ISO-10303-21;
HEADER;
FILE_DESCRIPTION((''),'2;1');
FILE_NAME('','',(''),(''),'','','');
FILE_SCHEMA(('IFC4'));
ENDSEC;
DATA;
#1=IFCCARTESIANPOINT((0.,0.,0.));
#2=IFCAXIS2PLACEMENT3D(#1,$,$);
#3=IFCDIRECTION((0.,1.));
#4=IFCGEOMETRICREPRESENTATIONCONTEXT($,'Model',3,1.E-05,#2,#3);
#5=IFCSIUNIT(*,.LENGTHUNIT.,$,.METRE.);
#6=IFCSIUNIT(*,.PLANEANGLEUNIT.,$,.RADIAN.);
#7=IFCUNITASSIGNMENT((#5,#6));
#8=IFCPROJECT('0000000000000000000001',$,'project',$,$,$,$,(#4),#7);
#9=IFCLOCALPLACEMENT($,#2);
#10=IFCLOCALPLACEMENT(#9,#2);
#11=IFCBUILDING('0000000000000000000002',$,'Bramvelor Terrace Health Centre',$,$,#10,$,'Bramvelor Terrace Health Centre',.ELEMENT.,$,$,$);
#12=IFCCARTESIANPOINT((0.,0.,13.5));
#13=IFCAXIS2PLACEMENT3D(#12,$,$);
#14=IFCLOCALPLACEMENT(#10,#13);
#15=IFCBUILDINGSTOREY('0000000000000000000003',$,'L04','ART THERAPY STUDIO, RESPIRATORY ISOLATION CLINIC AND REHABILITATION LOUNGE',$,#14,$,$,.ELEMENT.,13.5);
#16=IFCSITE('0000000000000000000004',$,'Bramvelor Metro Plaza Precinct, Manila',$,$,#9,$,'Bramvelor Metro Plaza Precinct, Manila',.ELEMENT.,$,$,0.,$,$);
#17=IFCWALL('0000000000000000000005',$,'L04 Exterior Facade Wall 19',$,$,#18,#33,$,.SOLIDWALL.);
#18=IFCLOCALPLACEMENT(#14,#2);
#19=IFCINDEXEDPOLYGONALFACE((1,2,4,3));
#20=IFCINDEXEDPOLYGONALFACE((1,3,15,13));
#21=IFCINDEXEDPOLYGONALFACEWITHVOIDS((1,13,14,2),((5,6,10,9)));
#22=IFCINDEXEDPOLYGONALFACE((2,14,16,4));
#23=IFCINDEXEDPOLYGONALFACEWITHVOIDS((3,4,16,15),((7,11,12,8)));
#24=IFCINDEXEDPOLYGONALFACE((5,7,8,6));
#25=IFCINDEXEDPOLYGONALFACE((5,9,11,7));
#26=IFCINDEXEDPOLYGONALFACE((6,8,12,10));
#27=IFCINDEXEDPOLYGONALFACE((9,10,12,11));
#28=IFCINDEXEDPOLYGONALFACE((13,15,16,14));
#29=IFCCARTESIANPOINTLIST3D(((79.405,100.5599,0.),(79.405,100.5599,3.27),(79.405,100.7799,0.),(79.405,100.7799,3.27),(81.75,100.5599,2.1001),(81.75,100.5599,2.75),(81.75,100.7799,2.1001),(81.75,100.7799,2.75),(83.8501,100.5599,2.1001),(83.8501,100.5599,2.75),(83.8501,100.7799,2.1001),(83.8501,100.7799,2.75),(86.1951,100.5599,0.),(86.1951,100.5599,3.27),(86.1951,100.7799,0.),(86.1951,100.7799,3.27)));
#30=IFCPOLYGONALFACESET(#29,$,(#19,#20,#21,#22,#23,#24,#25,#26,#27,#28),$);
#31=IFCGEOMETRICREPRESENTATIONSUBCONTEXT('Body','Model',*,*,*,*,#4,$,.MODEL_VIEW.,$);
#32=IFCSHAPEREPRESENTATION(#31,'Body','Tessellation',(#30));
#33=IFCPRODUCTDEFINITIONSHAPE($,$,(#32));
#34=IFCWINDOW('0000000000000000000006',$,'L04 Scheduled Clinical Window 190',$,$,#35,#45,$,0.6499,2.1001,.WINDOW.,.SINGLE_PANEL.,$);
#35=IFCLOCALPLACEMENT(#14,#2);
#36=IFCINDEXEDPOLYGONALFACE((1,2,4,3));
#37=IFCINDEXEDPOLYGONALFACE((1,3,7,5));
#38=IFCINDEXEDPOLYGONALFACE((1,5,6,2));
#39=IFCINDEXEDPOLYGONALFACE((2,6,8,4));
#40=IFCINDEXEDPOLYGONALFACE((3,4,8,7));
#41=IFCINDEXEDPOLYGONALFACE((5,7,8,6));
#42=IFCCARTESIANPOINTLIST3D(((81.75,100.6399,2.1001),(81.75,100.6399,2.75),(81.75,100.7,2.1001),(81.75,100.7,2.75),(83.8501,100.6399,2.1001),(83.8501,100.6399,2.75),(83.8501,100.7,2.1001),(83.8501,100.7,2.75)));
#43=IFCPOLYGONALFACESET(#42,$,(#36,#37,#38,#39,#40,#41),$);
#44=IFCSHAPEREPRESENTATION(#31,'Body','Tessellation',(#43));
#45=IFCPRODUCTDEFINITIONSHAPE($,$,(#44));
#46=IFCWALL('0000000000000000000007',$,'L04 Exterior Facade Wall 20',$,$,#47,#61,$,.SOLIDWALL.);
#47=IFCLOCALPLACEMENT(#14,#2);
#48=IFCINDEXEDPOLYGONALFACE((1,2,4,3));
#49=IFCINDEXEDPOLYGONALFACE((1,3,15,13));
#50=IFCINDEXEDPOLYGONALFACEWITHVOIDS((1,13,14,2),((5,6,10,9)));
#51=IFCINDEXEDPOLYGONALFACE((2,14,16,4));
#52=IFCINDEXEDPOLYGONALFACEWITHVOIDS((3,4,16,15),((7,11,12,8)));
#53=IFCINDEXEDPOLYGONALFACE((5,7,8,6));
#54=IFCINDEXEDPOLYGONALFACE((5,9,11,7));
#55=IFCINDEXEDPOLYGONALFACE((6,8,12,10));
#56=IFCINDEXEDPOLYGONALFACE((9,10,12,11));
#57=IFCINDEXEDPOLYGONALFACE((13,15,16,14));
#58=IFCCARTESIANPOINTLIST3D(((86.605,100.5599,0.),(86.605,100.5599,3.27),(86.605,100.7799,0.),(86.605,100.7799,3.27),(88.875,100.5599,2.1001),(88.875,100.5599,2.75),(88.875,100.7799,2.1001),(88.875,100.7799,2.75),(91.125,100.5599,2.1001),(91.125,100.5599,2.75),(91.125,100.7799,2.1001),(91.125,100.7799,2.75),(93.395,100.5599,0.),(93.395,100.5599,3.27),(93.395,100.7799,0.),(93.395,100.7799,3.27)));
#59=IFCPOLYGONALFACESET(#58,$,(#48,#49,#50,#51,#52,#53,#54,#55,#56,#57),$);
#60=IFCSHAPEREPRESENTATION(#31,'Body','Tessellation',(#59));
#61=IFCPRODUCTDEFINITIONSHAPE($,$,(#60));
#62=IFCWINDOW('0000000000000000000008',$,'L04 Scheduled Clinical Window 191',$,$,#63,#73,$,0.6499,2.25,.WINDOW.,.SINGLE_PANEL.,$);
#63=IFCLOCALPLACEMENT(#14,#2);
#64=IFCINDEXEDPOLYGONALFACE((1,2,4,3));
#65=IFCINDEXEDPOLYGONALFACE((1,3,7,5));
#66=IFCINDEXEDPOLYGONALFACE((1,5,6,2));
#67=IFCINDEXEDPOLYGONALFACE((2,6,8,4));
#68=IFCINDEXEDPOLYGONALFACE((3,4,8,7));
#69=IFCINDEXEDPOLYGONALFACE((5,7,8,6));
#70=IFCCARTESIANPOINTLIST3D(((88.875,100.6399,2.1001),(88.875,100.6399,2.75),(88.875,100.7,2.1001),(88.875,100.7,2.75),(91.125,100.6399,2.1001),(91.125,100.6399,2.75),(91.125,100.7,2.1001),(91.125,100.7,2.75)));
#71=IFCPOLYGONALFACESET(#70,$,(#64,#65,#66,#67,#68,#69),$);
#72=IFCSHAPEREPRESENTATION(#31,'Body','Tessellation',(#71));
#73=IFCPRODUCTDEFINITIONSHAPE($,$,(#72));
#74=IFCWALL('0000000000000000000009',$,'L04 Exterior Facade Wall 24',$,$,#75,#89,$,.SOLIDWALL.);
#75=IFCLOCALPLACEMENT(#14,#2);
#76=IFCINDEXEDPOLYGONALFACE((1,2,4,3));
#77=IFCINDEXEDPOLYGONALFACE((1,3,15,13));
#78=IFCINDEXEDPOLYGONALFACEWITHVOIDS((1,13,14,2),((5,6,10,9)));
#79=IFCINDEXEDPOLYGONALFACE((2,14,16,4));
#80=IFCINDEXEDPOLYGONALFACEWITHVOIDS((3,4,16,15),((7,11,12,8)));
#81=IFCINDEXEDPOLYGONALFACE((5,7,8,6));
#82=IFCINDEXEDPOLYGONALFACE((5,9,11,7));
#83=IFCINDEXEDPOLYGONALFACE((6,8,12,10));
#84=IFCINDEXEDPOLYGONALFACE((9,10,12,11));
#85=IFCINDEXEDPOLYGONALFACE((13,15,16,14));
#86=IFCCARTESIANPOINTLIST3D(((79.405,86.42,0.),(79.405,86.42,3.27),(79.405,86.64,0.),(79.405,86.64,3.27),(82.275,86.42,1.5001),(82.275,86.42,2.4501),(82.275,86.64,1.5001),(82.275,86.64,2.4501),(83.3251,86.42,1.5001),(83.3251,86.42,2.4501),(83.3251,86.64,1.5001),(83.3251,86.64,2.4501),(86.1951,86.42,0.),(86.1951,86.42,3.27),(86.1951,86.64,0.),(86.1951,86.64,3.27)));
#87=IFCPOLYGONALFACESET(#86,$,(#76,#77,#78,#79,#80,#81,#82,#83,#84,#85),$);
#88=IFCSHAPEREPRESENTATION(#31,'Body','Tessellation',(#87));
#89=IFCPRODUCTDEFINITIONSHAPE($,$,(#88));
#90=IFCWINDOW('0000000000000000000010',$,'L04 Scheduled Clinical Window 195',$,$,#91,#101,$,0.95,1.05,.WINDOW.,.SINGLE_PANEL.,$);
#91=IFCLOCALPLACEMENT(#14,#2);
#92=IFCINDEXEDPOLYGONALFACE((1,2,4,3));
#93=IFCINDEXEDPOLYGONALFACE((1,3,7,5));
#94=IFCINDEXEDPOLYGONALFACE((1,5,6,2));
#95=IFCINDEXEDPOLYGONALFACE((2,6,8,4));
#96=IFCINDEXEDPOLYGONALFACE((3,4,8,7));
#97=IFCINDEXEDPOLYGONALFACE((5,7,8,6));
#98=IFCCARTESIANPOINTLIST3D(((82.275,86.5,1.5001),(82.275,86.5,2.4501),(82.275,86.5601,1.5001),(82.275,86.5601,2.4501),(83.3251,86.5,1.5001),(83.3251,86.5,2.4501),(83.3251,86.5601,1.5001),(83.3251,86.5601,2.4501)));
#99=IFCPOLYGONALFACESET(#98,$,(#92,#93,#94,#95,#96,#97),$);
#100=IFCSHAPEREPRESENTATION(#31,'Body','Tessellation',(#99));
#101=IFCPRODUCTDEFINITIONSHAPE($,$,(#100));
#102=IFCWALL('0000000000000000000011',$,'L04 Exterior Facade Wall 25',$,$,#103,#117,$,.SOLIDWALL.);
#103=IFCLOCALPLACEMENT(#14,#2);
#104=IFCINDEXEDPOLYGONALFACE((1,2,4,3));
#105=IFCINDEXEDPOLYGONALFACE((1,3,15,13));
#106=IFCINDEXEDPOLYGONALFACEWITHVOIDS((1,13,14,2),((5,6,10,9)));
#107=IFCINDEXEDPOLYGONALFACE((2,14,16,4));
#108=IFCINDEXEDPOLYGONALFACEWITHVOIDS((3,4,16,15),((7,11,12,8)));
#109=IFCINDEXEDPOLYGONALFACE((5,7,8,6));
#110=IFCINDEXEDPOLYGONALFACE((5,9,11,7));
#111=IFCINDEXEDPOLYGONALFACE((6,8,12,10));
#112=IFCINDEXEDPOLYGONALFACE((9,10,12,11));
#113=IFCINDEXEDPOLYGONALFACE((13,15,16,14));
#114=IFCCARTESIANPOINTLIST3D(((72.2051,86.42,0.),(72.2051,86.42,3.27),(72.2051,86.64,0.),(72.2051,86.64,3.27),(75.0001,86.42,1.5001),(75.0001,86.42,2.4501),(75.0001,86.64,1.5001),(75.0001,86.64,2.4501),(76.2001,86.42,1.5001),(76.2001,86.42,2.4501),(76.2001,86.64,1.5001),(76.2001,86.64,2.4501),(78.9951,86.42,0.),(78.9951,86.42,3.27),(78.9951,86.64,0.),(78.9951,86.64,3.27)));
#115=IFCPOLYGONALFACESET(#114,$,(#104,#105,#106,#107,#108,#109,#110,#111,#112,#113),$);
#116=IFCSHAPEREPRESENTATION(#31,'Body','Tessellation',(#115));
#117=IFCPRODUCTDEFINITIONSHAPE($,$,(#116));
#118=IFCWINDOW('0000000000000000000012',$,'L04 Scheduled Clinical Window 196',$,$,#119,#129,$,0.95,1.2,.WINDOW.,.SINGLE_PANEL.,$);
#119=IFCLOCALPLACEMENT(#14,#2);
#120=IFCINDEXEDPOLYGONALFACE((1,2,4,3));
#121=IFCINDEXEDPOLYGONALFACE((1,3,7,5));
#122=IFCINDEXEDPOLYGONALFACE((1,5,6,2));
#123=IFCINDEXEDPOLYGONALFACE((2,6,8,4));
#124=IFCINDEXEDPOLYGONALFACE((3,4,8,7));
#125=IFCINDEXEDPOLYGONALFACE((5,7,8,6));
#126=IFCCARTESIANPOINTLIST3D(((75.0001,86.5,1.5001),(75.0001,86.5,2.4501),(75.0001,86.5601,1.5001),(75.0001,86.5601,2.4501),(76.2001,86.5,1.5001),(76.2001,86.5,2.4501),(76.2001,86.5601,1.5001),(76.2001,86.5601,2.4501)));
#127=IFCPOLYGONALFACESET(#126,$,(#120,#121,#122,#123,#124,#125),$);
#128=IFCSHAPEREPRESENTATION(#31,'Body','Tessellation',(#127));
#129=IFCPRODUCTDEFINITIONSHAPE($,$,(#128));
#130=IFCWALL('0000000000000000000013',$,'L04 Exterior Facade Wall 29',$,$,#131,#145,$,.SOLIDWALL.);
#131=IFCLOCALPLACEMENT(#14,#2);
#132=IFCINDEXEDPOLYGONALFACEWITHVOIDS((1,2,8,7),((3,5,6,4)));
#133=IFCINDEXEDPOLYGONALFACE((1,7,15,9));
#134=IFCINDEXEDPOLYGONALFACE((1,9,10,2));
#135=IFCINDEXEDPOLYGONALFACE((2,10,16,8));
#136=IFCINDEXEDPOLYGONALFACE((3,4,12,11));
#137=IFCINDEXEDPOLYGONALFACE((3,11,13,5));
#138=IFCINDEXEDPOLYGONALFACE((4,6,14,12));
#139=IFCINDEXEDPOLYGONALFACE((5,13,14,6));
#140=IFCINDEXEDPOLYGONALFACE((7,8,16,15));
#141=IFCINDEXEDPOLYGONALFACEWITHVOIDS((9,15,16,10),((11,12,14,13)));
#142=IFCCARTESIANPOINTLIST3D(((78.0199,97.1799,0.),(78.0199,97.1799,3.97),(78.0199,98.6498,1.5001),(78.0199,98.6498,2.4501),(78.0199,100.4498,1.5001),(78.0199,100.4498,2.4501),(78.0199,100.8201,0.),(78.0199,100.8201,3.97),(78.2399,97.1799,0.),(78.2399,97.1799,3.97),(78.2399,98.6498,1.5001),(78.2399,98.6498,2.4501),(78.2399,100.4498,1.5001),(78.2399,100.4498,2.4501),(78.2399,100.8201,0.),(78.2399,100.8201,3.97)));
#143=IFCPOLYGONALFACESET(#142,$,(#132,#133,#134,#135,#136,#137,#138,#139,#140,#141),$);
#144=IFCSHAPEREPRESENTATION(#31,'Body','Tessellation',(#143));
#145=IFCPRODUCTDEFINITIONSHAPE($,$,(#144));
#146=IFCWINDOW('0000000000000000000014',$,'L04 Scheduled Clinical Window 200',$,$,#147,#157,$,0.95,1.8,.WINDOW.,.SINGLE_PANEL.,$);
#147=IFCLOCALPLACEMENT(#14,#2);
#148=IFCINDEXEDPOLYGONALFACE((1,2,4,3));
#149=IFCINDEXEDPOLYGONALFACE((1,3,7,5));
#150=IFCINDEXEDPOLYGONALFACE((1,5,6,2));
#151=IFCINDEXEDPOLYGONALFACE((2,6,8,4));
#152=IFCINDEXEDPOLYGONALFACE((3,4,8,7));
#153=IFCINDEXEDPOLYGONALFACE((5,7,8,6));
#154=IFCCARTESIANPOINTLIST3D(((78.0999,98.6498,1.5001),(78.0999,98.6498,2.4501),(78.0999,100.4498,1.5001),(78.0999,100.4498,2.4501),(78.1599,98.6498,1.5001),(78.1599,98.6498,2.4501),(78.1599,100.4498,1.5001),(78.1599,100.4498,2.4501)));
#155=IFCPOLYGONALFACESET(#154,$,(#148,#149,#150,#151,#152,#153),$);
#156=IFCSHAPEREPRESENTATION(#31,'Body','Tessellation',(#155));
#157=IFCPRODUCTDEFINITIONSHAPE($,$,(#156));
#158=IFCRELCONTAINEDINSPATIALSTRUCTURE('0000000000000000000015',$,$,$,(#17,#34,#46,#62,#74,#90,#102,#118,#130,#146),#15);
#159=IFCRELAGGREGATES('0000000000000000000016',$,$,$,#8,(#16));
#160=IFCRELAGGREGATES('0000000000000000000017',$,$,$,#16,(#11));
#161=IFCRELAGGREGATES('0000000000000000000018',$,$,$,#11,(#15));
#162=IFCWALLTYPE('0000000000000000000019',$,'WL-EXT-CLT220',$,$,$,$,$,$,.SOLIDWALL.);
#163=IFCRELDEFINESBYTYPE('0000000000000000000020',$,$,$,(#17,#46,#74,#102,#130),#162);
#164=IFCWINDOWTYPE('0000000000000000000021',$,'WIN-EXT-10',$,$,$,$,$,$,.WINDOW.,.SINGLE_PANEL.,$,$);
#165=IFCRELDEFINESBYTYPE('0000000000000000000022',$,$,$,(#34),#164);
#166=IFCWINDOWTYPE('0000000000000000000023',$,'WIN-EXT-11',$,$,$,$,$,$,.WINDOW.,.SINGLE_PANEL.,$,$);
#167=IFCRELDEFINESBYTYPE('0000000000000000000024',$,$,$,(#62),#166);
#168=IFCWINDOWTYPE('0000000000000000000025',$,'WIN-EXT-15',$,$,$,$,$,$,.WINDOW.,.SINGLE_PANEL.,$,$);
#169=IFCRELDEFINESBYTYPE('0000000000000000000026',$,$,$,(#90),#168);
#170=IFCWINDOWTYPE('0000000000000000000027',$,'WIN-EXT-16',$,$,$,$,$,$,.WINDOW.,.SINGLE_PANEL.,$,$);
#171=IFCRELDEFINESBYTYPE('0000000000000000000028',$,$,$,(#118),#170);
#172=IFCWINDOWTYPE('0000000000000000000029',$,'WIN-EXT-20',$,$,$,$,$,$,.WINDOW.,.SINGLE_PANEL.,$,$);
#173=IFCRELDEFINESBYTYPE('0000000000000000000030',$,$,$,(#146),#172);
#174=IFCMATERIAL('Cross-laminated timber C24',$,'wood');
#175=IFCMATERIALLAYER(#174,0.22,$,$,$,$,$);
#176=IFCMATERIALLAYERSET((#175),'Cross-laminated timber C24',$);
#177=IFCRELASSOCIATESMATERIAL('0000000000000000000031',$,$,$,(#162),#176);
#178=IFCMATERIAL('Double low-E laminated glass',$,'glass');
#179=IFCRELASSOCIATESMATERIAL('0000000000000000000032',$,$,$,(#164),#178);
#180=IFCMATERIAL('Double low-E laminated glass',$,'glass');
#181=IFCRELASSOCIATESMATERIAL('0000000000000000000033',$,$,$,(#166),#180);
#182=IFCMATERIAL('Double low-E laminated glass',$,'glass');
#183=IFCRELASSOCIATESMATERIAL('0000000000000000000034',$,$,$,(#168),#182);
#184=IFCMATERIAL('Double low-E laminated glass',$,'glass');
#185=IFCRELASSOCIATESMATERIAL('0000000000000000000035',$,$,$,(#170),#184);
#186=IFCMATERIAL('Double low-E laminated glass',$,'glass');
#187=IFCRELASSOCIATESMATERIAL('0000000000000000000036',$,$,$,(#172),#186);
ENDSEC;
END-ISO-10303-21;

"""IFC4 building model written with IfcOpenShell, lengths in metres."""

from ifc_helpers import new_model, si_unit, direction, frame, frame_2d, origin, place, context, subcontext, project, spatial, rectangle, extrude, material, layer, layer_set, type_object, element, fill, save


model = new_model("IFC4")

# Units and contexts
model_context = context("Model", 3, precision=1e-05, world=origin(), true_north=direction((0.0, 1.0)))
body_context = subcontext(model_context, "Body", "Model", "MODEL_VIEW")
ifc_project = project(units=[si_unit("LENGTHUNIT", "METRE"), si_unit("PLANEANGLEUNIT", "RADIAN")], contexts=[model_context])

# Site, building, storey
site_placement = place(None, origin())
site = spatial("IfcSite", under=ifc_project, at=site_placement, Name="Bramvelor Metro Plaza Precinct, Manila", LongName="Bramvelor Metro Plaza Precinct, Manila", CompositionType="ELEMENT", RefElevation=0.0)
building_placement = place(site_placement, origin())
building = spatial("IfcBuilding", under=site, at=building_placement, Name="Bramvelor Terrace Health Centre", LongName="Bramvelor Terrace Health Centre", CompositionType="ELEMENT")
storey_placement = place(building_placement, frame((0.0, 0.0, 13.5)))
storey = spatial("IfcBuildingStorey", under=building, at=storey_placement, Name="L04", Description="ART THERAPY STUDIO, RESPIRATORY ISOLATION CLINIC AND REHABILITATION LOUNGE", CompositionType="ELEMENT", Elevation=13.5)

# Shared definitions
ifc_material_1 = material(Name="Cross-laminated timber C24", Category="wood")
ifc_layer_1 = layer(ifc_material_1, 0.22)
ifc_layer_set_1 = layer_set([ifc_layer_1], Name="Cross-laminated timber C24")
wall_type_1 = type_object("IfcWallType", Name="WL-EXT-CLT220", PredefinedType="SOLIDWALL", material=ifc_layer_set_1)

# Walls, openings, windows
wall_1_placement = place(storey_placement, frame((79.405, 100.6699, 0.0), z_axis=(0.0, 0.0, 1.0), x_axis=(1.0, 0.0, 0.0)))
wall_1 = element("IfcWall", 1, at=wall_1_placement, inside=storey, type_object=wall_type_1, Name="L04 Exterior Facade Wall 19", PredefinedType="SOLIDWALL", context=body_context, shape_type="SweptSolid", body=[
    extrude(rectangle(XDim=6.79, YDim=0.22, at=frame_2d((3.395, 0.0))), origin(), (0.0, 0.0, 1.0), 3.27),
])
opening_1_placement = place(wall_1_placement, frame((2.345, 0.0, 2.1001)))
opening_1 = element("IfcOpeningElement", 2, at=opening_1_placement, cuts=wall_1, PredefinedType="OPENING", context=body_context, shape_type="SweptSolid", body=[
    extrude(rectangle(XDim=2.1001, YDim=0.6499, at=frame_2d((1.05, 0.325))), frame((0.0, 0.1199, 0.0), z_axis=(0.0, -1.0, 0.0), x_axis=(1.0, 0.0, 0.0)), (0.0, 0.0, 1.0), 0.24),
])
ifc_material_2 = material(Name="Double low-E laminated glass", Category="glass")
window_type_1 = type_object("IfcWindowType", Name="WIN-EXT-10", PartitioningType="SINGLE_PANEL", PredefinedType="WINDOW", material=ifc_material_2)
window_1_placement = place(opening_1_placement, origin())
window_1 = element("IfcWindow", 3, at=window_1_placement, inside=storey, type_object=window_type_1, Name="L04 Scheduled Clinical Window 190", OverallHeight=0.6499, OverallWidth=2.1001, PartitioningType="SINGLE_PANEL", PredefinedType="WINDOW", context=body_context, shape_type="SweptSolid", body=[
    extrude(rectangle(XDim=2.1001, YDim=0.6499, at=frame_2d((1.05, 0.325))), frame((0.0, 0.03, 0.0), z_axis=(0.0, -1.0, 0.0), x_axis=(1.0, 0.0, 0.0)), (0.0, 0.0, 1.0), 0.0601),
])
fill(opening_1, window_1)
wall_2_placement = place(storey_placement, frame((86.605, 100.6699, 0.0), z_axis=(0.0, 0.0, 1.0), x_axis=(1.0, 0.0, 0.0)))
wall_2 = element("IfcWall", 4, at=wall_2_placement, inside=storey, type_object=wall_type_1, Name="L04 Exterior Facade Wall 20", PredefinedType="SOLIDWALL", context=body_context, shape_type="SweptSolid", body=[
    extrude(rectangle(XDim=6.79, YDim=0.22, at=frame_2d((3.395, 0.0))), origin(), (0.0, 0.0, 1.0), 3.27),
])
opening_2_placement = place(wall_2_placement, frame((2.27, 0.0, 2.1001)))
opening_2 = element("IfcOpeningElement", 5, at=opening_2_placement, cuts=wall_2, PredefinedType="OPENING", context=body_context, shape_type="SweptSolid", body=[
    extrude(rectangle(XDim=2.25, YDim=0.6499, at=frame_2d((1.125, 0.325))), frame((0.0, 0.1199, 0.0), z_axis=(0.0, -1.0, 0.0), x_axis=(1.0, 0.0, 0.0)), (0.0, 0.0, 1.0), 0.24),
])
ifc_material_3 = material(Name="Double low-E laminated glass", Category="glass")
window_type_2 = type_object("IfcWindowType", Name="WIN-EXT-11", PartitioningType="SINGLE_PANEL", PredefinedType="WINDOW", material=ifc_material_3)
window_2_placement = place(opening_2_placement, origin())
window_2 = element("IfcWindow", 6, at=window_2_placement, inside=storey, type_object=window_type_2, Name="L04 Scheduled Clinical Window 191", OverallHeight=0.6499, OverallWidth=2.25, PartitioningType="SINGLE_PANEL", PredefinedType="WINDOW", context=body_context, shape_type="SweptSolid", body=[
    extrude(rectangle(XDim=2.25, YDim=0.6499, at=frame_2d((1.125, 0.325))), frame((0.0, 0.03, 0.0), z_axis=(0.0, -1.0, 0.0), x_axis=(1.0, 0.0, 0.0)), (0.0, 0.0, 1.0), 0.0601),
])
fill(opening_2, window_2)
wall_3_placement = place(storey_placement, frame((86.1951, 86.53, 0.0), z_axis=(0.0, 0.0, 1.0), x_axis=(-1.0, 0.0, 0.0)))
wall_3 = element("IfcWall", 7, at=wall_3_placement, inside=storey, type_object=wall_type_1, Name="L04 Exterior Facade Wall 24", PredefinedType="SOLIDWALL", context=body_context, shape_type="SweptSolid", body=[
    extrude(rectangle(XDim=6.79, YDim=0.22, at=frame_2d((3.395, 0.0))), origin(), (0.0, 0.0, 1.0), 3.27),
])
opening_3_placement = place(wall_3_placement, frame((2.8701, 0.0, 1.5)))
opening_3 = element("IfcOpeningElement", 8, at=opening_3_placement, cuts=wall_3, PredefinedType="OPENING", context=body_context, shape_type="SweptSolid", body=[
    extrude(rectangle(XDim=1.05, YDim=0.95, at=frame_2d((0.5249, 0.4751))), frame((0.0, 0.1199, 0.0), z_axis=(0.0, -1.0, 0.0), x_axis=(1.0, 0.0, 0.0)), (0.0, 0.0, 1.0), 0.24),
])
ifc_material_4 = material(Name="Double low-E laminated glass", Category="glass")
window_type_3 = type_object("IfcWindowType", Name="WIN-EXT-15", PartitioningType="SINGLE_PANEL", PredefinedType="WINDOW", material=ifc_material_4)
window_3_placement = place(opening_3_placement, origin())
window_3 = element("IfcWindow", 9, at=window_3_placement, inside=storey, type_object=window_type_3, Name="L04 Scheduled Clinical Window 195", OverallHeight=0.95, OverallWidth=1.05, PartitioningType="SINGLE_PANEL", PredefinedType="WINDOW", context=body_context, shape_type="SweptSolid", body=[
    extrude(rectangle(XDim=1.05, YDim=0.95, at=frame_2d((0.5249, 0.4751))), frame((0.0, 0.03, 0.0), z_axis=(0.0, -1.0, 0.0), x_axis=(1.0, 0.0, 0.0)), (0.0, 0.0, 1.0), 0.0601),
])
fill(opening_3, window_3)
wall_4_placement = place(storey_placement, frame((78.9951, 86.53, 0.0), z_axis=(0.0, 0.0, 1.0), x_axis=(-1.0, 0.0, 0.0)))
wall_4 = element("IfcWall", 10, at=wall_4_placement, inside=storey, type_object=wall_type_1, Name="L04 Exterior Facade Wall 25", PredefinedType="SOLIDWALL", context=body_context, shape_type="SweptSolid", body=[
    extrude(rectangle(XDim=6.79, YDim=0.22, at=frame_2d((3.395, 0.0))), origin(), (0.0, 0.0, 1.0), 3.27),
])
opening_4_placement = place(wall_4_placement, frame((2.7949, 0.0, 1.5)))
opening_4 = element("IfcOpeningElement", 11, at=opening_4_placement, cuts=wall_4, PredefinedType="OPENING", context=body_context, shape_type="SweptSolid", body=[
    extrude(rectangle(XDim=1.2, YDim=0.95, at=frame_2d((0.6001, 0.4751))), frame((0.0, 0.1199, 0.0), z_axis=(0.0, -1.0, 0.0), x_axis=(1.0, 0.0, 0.0)), (0.0, 0.0, 1.0), 0.24),
])
ifc_material_5 = material(Name="Double low-E laminated glass", Category="glass")
window_type_4 = type_object("IfcWindowType", Name="WIN-EXT-16", PartitioningType="SINGLE_PANEL", PredefinedType="WINDOW", material=ifc_material_5)
window_4_placement = place(opening_4_placement, origin())
window_4 = element("IfcWindow", 12, at=window_4_placement, inside=storey, type_object=window_type_4, Name="L04 Scheduled Clinical Window 196", OverallHeight=0.95, OverallWidth=1.2, PartitioningType="SINGLE_PANEL", PredefinedType="WINDOW", context=body_context, shape_type="SweptSolid", body=[
    extrude(rectangle(XDim=1.2, YDim=0.95, at=frame_2d((0.6001, 0.4751))), frame((0.0, 0.03, 0.0), z_axis=(0.0, -1.0, 0.0), x_axis=(1.0, 0.0, 0.0)), (0.0, 0.0, 1.0), 0.0601),
])
fill(opening_4, window_4)
wall_5_placement = place(storey_placement, frame((78.1299, 97.1799, 0.0), z_axis=(0.0, 0.0, 1.0), x_axis=(0.0, 1.0, 0.0)))
wall_5 = element("IfcWall", 13, at=wall_5_placement, inside=storey, type_object=wall_type_1, Name="L04 Exterior Facade Wall 29", PredefinedType="SOLIDWALL", context=body_context, shape_type="SweptSolid", body=[
    extrude(rectangle(XDim=3.6401, YDim=0.22, at=frame_2d((1.8201, 0.0))), origin(), (0.0, 0.0, 1.0), 3.97),
])
opening_5_placement = place(wall_5_placement, frame((1.47, 0.0, 1.5)))
opening_5 = element("IfcOpeningElement", 14, at=opening_5_placement, cuts=wall_5, PredefinedType="OPENING", context=body_context, shape_type="SweptSolid", body=[
    extrude(rectangle(XDim=1.8, YDim=0.95, at=frame_2d((0.8999, 0.4751))), frame((0.0, 0.1199, 0.0), z_axis=(0.0, -1.0, 0.0), x_axis=(1.0, 0.0, 0.0)), (0.0, 0.0, 1.0), 0.24),
])
ifc_material_6 = material(Name="Double low-E laminated glass", Category="glass")
window_type_5 = type_object("IfcWindowType", Name="WIN-EXT-20", PartitioningType="SINGLE_PANEL", PredefinedType="WINDOW", material=ifc_material_6)
window_5_placement = place(opening_5_placement, origin())
window_5 = element("IfcWindow", 15, at=window_5_placement, inside=storey, type_object=window_type_5, Name="L04 Scheduled Clinical Window 200", OverallHeight=0.95, OverallWidth=1.8, PartitioningType="SINGLE_PANEL", PredefinedType="WINDOW", context=body_context, shape_type="SweptSolid", body=[
    extrude(rectangle(XDim=1.8, YDim=0.95, at=frame_2d((0.8999, 0.4751))), frame((0.0, 0.03, 0.0), z_axis=(0.0, -1.0, 0.0), x_axis=(1.0, 0.0, 0.0)), (0.0, 0.0, 1.0), 0.0601),
])
fill(opening_5, window_5)

save(model, "model.ifc")
